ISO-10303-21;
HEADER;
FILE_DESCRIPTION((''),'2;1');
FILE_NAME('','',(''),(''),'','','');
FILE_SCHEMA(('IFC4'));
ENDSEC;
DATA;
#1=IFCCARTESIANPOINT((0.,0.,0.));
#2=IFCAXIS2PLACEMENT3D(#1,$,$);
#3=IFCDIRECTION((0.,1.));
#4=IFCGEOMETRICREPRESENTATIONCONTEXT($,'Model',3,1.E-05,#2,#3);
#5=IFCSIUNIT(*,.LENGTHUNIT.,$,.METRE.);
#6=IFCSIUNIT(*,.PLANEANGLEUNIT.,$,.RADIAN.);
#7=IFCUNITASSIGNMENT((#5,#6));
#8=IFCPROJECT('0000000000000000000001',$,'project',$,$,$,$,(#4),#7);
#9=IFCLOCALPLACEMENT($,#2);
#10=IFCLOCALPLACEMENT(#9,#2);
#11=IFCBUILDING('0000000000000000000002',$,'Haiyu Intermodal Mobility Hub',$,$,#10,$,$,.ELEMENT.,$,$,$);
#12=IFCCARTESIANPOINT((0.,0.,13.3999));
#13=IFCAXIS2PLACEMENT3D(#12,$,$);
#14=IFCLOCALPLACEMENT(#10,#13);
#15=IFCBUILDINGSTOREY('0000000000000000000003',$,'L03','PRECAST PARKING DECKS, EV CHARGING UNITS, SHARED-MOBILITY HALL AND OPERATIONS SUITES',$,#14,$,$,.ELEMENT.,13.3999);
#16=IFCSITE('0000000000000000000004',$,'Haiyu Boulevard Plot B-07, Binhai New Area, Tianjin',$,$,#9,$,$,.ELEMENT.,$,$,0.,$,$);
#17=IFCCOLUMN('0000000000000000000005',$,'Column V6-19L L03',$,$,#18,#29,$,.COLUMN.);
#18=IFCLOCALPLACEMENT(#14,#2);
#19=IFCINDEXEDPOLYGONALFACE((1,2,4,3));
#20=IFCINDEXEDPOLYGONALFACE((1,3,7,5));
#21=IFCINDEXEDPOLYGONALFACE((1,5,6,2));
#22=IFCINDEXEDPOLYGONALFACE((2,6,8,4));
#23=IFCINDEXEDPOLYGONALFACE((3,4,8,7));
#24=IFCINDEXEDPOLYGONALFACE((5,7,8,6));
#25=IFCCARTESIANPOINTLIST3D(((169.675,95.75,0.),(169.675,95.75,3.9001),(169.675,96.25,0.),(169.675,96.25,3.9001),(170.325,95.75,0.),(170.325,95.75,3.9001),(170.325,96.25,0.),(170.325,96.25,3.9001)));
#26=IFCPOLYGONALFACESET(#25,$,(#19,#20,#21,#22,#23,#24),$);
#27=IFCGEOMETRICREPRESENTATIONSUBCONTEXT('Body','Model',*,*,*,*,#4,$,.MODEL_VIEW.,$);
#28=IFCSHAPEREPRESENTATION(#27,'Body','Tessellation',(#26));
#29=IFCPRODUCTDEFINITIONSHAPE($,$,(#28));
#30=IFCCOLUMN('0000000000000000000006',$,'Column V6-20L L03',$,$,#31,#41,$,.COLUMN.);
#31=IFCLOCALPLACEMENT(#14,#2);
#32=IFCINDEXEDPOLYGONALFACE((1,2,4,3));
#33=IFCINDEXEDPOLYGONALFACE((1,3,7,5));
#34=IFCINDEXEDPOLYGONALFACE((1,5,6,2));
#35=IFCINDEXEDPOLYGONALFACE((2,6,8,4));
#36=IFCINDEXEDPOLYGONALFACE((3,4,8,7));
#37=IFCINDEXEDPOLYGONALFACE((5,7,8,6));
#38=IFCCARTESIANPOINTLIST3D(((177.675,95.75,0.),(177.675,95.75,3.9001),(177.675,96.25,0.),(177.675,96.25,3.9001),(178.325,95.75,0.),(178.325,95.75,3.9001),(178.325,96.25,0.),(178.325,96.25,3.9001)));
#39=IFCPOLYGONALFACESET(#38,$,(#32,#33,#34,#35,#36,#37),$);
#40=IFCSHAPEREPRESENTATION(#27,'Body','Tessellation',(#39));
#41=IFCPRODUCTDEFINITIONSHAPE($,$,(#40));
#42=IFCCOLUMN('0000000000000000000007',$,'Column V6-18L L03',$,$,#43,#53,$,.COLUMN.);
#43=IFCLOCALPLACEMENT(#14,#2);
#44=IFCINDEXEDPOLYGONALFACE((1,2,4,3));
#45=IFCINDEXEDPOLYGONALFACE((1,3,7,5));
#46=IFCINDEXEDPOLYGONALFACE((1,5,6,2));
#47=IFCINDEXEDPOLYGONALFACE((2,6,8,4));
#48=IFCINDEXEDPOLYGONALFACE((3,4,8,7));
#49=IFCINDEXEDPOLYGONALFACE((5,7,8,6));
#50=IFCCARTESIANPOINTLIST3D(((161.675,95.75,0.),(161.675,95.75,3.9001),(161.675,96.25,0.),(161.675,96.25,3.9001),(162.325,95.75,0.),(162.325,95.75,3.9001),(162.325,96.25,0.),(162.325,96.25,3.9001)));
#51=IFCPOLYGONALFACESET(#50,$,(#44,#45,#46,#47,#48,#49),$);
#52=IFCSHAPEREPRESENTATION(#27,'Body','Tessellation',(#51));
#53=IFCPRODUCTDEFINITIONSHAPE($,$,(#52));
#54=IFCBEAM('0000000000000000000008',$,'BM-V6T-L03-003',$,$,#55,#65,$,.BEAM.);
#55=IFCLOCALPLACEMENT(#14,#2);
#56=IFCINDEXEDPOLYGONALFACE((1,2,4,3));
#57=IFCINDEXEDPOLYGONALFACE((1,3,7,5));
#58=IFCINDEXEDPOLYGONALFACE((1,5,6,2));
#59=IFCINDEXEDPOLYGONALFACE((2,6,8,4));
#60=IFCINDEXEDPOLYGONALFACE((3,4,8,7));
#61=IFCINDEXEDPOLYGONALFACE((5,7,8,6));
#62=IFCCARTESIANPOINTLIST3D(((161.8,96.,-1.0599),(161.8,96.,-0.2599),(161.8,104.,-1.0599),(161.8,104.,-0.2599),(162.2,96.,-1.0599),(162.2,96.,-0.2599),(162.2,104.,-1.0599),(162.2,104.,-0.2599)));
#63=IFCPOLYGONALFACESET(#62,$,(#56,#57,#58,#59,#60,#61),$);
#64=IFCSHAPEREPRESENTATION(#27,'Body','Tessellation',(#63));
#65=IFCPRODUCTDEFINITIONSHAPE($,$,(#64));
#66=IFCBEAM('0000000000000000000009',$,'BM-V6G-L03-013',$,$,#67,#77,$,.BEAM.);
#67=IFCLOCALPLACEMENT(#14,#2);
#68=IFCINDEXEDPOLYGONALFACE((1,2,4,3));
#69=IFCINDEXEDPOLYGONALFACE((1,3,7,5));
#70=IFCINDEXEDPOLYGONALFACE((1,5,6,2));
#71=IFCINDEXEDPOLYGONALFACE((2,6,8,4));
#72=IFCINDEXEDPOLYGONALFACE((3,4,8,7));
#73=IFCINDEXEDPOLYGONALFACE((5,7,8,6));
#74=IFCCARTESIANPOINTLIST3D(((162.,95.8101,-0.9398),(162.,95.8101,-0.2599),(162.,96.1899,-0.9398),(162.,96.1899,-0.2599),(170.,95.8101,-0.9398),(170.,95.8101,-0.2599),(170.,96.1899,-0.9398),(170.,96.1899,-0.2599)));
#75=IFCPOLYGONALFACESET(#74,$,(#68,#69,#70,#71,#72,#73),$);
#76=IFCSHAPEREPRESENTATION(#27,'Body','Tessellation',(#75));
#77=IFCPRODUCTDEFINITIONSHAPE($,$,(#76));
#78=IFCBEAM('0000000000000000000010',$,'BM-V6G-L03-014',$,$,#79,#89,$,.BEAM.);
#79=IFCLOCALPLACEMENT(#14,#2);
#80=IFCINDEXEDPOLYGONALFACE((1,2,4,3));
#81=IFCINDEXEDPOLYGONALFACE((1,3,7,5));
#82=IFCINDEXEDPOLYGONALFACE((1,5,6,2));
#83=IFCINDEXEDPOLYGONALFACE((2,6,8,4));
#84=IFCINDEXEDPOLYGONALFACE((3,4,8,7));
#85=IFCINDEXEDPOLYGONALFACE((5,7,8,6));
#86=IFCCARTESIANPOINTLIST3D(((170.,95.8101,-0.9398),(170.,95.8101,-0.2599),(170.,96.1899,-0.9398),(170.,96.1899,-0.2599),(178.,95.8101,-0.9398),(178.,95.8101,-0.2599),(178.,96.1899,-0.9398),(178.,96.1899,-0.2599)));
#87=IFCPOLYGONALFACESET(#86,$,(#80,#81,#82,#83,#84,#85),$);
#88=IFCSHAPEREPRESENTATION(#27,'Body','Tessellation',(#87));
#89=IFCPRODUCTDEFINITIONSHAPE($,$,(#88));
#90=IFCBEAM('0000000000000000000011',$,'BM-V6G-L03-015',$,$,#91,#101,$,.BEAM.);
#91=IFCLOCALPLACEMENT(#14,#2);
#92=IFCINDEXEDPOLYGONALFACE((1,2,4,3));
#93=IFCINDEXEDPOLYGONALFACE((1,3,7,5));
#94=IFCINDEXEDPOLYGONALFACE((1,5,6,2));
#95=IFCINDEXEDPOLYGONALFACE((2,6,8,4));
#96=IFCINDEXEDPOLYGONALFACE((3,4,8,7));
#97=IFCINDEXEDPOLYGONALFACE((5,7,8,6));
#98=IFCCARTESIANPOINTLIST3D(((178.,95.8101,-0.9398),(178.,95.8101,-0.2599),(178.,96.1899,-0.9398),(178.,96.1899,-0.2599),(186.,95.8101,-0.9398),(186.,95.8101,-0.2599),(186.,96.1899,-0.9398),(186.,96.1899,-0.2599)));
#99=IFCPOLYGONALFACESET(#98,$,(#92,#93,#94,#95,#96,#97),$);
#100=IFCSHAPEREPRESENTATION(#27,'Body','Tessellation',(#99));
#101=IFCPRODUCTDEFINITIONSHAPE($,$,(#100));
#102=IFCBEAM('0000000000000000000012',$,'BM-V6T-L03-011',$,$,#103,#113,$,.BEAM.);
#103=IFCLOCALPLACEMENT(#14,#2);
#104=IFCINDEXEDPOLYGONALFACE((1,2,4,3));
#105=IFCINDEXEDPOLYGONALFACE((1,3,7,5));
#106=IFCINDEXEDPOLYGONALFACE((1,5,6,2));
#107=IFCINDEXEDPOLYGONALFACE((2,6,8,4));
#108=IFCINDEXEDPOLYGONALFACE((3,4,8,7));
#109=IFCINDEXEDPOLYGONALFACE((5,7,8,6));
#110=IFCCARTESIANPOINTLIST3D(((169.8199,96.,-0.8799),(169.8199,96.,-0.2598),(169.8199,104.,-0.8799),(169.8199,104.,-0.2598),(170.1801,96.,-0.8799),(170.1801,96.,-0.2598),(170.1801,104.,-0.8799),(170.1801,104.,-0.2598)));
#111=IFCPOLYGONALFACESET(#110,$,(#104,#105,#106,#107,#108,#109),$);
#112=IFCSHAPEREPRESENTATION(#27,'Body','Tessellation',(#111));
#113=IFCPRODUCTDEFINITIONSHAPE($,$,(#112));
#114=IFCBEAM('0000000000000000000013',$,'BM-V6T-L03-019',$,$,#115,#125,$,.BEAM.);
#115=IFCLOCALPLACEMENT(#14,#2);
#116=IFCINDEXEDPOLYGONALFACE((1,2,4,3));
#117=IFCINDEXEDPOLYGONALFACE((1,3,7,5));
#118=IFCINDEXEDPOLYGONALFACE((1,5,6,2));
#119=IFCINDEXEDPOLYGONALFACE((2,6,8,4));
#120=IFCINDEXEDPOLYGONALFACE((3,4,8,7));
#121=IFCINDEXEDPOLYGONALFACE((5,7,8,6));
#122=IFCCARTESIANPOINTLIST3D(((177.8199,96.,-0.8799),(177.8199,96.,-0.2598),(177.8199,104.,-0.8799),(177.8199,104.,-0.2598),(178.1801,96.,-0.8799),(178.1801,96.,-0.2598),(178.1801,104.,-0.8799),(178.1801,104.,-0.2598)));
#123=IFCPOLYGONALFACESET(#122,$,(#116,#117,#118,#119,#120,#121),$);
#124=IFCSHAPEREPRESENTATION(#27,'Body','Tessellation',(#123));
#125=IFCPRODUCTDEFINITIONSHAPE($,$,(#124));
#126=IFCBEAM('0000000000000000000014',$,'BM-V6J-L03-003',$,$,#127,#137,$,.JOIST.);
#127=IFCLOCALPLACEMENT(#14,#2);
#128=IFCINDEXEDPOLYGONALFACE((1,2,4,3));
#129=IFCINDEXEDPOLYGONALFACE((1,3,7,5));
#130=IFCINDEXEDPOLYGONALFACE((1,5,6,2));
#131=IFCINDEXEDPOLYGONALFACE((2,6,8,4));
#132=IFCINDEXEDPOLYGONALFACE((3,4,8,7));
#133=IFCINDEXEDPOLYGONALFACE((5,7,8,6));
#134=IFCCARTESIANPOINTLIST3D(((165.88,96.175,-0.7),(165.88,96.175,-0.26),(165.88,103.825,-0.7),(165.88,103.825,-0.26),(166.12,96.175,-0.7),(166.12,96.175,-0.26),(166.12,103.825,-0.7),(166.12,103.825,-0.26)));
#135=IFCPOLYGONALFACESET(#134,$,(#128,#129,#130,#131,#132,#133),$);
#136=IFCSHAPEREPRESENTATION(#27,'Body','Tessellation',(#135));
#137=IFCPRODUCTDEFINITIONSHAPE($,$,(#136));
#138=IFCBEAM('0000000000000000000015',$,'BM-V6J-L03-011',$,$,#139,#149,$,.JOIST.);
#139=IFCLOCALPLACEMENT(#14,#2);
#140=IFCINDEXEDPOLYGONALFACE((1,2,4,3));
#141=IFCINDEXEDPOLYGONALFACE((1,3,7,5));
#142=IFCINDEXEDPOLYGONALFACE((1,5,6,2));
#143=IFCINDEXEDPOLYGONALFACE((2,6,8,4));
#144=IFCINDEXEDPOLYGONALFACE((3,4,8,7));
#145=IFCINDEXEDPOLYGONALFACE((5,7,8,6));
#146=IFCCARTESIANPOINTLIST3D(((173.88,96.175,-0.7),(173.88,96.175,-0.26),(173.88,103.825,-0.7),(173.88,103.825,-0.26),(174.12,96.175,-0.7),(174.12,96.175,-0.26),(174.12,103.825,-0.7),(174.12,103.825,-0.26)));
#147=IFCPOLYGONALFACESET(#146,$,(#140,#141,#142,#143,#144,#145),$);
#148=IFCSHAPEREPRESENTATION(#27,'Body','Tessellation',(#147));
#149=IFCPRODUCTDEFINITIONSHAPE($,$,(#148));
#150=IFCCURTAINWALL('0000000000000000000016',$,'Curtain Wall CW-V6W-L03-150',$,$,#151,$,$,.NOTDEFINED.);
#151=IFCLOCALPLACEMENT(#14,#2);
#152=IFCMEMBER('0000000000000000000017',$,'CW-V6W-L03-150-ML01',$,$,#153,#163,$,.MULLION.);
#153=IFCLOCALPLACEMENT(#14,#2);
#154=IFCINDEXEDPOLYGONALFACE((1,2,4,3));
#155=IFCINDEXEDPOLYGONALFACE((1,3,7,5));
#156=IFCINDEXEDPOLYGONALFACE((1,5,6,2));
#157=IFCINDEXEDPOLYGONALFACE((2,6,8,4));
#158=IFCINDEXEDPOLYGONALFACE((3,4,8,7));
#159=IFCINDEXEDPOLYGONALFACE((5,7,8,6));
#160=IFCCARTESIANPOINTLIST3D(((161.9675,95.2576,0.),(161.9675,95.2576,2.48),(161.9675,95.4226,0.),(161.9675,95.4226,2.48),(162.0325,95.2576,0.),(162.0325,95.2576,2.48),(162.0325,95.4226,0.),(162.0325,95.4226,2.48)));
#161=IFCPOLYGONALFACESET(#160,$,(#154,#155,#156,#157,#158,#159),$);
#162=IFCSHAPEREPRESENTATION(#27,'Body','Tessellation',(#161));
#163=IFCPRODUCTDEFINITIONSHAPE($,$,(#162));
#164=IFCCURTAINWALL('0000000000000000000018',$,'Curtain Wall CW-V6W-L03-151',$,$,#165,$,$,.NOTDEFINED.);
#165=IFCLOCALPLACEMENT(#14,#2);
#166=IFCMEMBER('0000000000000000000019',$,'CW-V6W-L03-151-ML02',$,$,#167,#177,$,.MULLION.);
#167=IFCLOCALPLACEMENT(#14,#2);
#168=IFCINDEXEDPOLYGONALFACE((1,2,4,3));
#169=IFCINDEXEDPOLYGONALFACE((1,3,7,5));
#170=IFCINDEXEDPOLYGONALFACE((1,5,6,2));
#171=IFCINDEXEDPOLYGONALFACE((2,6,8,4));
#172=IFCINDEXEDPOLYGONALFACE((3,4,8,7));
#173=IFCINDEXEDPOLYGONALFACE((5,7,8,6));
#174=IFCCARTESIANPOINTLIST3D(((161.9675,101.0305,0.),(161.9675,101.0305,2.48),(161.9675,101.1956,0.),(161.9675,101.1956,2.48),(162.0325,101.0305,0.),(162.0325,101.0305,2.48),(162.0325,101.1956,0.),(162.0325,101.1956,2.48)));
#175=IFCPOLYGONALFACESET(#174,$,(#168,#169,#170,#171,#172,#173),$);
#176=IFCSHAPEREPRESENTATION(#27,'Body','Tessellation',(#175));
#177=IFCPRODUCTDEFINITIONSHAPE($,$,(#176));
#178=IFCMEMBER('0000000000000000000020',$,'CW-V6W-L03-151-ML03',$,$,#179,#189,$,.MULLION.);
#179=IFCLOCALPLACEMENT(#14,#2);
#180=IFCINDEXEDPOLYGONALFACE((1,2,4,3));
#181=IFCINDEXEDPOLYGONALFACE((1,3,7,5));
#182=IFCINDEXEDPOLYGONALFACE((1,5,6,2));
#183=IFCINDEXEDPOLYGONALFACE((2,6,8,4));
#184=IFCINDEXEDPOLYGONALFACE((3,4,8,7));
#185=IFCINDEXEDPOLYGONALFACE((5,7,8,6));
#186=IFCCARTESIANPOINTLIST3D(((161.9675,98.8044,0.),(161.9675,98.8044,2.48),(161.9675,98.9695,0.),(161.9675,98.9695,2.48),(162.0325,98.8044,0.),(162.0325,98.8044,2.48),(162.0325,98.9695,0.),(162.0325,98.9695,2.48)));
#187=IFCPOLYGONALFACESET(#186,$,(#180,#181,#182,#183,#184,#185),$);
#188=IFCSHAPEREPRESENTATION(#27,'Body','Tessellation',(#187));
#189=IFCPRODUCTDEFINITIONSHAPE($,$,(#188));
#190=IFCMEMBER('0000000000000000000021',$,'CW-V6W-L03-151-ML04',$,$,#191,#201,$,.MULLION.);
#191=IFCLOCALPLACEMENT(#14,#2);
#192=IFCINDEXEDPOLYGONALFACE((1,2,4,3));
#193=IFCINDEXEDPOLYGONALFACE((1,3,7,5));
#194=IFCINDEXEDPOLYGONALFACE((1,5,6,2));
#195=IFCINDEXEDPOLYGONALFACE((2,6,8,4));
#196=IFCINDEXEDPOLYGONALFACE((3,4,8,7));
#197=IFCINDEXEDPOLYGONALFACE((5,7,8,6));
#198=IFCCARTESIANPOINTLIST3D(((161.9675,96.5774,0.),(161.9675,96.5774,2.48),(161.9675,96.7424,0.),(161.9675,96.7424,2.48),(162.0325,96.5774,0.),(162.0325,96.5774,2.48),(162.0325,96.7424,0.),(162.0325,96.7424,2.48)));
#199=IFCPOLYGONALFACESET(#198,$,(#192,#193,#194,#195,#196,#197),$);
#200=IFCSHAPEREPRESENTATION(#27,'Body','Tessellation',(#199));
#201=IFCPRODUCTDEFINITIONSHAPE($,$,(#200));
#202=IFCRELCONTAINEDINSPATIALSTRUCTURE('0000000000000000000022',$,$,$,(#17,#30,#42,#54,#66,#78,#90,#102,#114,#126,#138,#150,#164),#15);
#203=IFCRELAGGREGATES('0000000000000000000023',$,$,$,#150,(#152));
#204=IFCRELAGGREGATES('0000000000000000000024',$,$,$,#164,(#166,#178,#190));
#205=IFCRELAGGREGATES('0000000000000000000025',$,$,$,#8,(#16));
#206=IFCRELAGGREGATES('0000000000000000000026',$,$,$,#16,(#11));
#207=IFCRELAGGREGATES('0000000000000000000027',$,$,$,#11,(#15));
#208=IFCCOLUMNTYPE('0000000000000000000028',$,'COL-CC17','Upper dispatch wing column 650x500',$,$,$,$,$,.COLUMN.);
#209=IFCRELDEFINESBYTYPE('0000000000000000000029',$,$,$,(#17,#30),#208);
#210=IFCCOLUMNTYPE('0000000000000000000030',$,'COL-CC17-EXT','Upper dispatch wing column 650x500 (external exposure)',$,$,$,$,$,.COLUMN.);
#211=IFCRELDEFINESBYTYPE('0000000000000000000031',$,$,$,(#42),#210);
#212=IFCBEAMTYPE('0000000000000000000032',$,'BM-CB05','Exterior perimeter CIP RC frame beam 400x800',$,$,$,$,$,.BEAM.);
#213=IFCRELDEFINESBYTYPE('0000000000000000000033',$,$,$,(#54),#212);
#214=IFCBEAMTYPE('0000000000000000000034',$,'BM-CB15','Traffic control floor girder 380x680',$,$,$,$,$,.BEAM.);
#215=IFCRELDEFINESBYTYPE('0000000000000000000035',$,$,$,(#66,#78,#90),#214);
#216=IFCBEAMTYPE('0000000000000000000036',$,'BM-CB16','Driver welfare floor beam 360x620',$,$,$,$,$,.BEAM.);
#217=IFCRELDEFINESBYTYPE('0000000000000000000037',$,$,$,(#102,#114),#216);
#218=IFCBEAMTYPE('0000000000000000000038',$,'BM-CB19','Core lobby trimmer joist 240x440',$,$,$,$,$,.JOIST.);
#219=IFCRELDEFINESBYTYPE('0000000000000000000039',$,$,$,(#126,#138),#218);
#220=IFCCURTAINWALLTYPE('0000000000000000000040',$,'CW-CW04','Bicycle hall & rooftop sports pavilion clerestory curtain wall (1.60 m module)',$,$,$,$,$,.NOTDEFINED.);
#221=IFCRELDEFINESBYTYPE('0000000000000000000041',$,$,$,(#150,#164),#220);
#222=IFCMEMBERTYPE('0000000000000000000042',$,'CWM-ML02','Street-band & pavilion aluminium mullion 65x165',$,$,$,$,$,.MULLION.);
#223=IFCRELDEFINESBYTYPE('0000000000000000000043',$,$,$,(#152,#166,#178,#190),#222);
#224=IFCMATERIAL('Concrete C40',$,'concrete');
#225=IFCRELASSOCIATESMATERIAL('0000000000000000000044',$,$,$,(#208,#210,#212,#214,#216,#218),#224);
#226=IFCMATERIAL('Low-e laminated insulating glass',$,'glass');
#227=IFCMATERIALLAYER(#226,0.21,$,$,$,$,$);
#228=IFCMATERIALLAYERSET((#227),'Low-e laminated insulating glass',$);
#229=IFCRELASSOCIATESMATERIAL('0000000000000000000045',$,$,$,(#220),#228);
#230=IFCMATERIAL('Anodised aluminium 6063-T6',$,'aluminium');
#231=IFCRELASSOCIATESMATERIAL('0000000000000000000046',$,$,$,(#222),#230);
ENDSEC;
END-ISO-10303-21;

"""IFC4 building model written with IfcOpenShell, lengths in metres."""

from ifc_helpers import new_model, si_unit, direction, frame, origin, origin_2d, place, context, subcontext, project, spatial, rectangle, extrude, material, layer, layer_set, material_profile, profile_set, type_object, element, aggregate, save


model = new_model("IFC4")

# Units and contexts
model_context = context("Model", 3, precision=1e-05, world=origin(), true_north=direction((0.0, 1.0)))
body_context = subcontext(model_context, "Body", "Model", "MODEL_VIEW")
ifc_project = project(units=[si_unit("LENGTHUNIT", "METRE"), si_unit("PLANEANGLEUNIT", "RADIAN")], contexts=[model_context])

# Site, building, storey
site_placement = place(None, origin())
site = spatial("IfcSite", under=ifc_project, at=site_placement, Name="Haiyu Boulevard Plot B-07, Binhai New Area, Tianjin", CompositionType="ELEMENT", RefElevation=0.0)
building_placement = place(site_placement, origin())
building = spatial("IfcBuilding", under=site, at=building_placement, Name="Haiyu Intermodal Mobility Hub", CompositionType="ELEMENT")
storey_placement = place(building_placement, frame((0.0, 0.0, 13.3999)))
storey = spatial("IfcBuildingStorey", under=building, at=storey_placement, Name="L03", Description="PRECAST PARKING DECKS, EV CHARGING UNITS, SHARED-MOBILITY HALL AND OPERATIONS SUITES", CompositionType="ELEMENT", Elevation=13.3999)

# Columns
ifc_material_1 = material(Name="Concrete C40", Category="concrete")
ifc_material_profile_1 = material_profile(ifc_material_1, rectangle(XDim=0.6499, YDim=0.5, at=origin_2d()), Name="C650x500")
ifc_profile_set_1 = profile_set([ifc_material_profile_1], Name="Concrete C40")
column_type_1 = type_object("IfcColumnType", Name="COL-CC17", Description="Upper dispatch wing column 650x500", PredefinedType="COLUMN", material=ifc_profile_set_1)
for number, where, z_axis, x_axis, name in (
    (1, (170.0, 96.0, 0.0), (0.0, 0.0, 1.0), (1.0, 0.0, 0.0), "Column V6-19L L03"),
    (2, (178.0, 96.0, 0.0), (0.0, 0.0, 1.0), (1.0, 0.0, 0.0), "Column V6-20L L03"),
):
    element("IfcColumn", number, at=place(storey_placement, frame(where, z_axis=z_axis, x_axis=x_axis)), inside=storey, type_object=column_type_1, Name=name, PredefinedType="COLUMN", context=body_context, shape_type="SweptSolid", body=[
        extrude(rectangle(XDim=0.6499, YDim=0.5, at=origin_2d()), origin(), (0.0, 0.0, 1.0), 3.9001),
    ])
ifc_material_profile_2 = material_profile(ifc_material_1, rectangle(XDim=0.6499, YDim=0.5, at=origin_2d()), Name="C650x500")
ifc_profile_set_2 = profile_set([ifc_material_profile_2], Name="Concrete C40")
column_type_2 = type_object("IfcColumnType", Name="COL-CC17-EXT", Description="Upper dispatch wing column 650x500 (external exposure)", PredefinedType="COLUMN", material=ifc_profile_set_2)
column_placement = place(storey_placement, frame((162.0, 96.0, 0.0), z_axis=(0.0, 0.0, 1.0), x_axis=(1.0, 0.0, 0.0)))
element("IfcColumn", 3, at=column_placement, inside=storey, type_object=column_type_2, Name="Column V6-18L L03", PredefinedType="COLUMN", context=body_context, shape_type="SweptSolid", body=[
    extrude(rectangle(XDim=0.6499, YDim=0.5, at=origin_2d()), origin(), (0.0, 0.0, 1.0), 3.9001),
])

# Beams
ifc_material_profile_3 = material_profile(ifc_material_1, rectangle(XDim=0.3999, YDim=0.8, at=origin_2d()), Name="RCB400x800")
ifc_profile_set_3 = profile_set([ifc_material_profile_3], Name="Concrete C40")
beam_type_1 = type_object("IfcBeamType", Name="BM-CB05", Description="Exterior perimeter CIP RC frame beam 400x800", PredefinedType="BEAM", material=ifc_profile_set_3)
beam_placement = place(storey_placement, frame((162.0, 96.0, -0.6599), z_axis=(0.0, 1.0, 0.0), x_axis=(-1.0, 0.0, 0.0)))
element("IfcBeam", 4, at=beam_placement, inside=storey, type_object=beam_type_1, Name="BM-V6T-L03-003", PredefinedType="BEAM", context=body_context, shape_type="SweptSolid", body=[
    extrude(rectangle(XDim=0.3999, YDim=0.8, at=origin_2d()), origin(), (0.0, 0.0, 1.0), 8.0),
])
ifc_material_profile_4 = material_profile(ifc_material_1, rectangle(XDim=0.3799, YDim=0.6799, at=origin_2d()), Name="B380x680")
ifc_profile_set_4 = profile_set([ifc_material_profile_4], Name="Concrete C40")
beam_type_2 = type_object("IfcBeamType", Name="BM-CB15", Description="Traffic control floor girder 380x680", PredefinedType="BEAM", material=ifc_profile_set_4)
for number, where, z_axis, x_axis, name in (
    (5, (162.0, 96.0, -0.5999), (1.0, 0.0, 0.0), (0.0, 1.0, 0.0), "BM-V6G-L03-013"),
    (6, (170.0, 96.0, -0.5999), (1.0, 0.0, 0.0), (0.0, 1.0, 0.0), "BM-V6G-L03-014"),
    (7, (178.0, 96.0, -0.5999), (1.0, 0.0, 0.0), (0.0, 1.0, 0.0), "BM-V6G-L03-015"),
):
    element("IfcBeam", number, at=place(storey_placement, frame(where, z_axis=z_axis, x_axis=x_axis)), inside=storey, type_object=beam_type_2, Name=name, PredefinedType="BEAM", context=body_context, shape_type="SweptSolid", body=[
        extrude(rectangle(XDim=0.3799, YDim=0.6799, at=origin_2d()), origin(), (0.0, 0.0, 1.0), 8.0),
    ])
ifc_material_profile_5 = material_profile(ifc_material_1, rectangle(XDim=0.3601, YDim=0.6201, at=origin_2d()), Name="B360x620")
ifc_profile_set_5 = profile_set([ifc_material_profile_5], Name="Concrete C40")
beam_type_3 = type_object("IfcBeamType", Name="BM-CB16", Description="Driver welfare floor beam 360x620", PredefinedType="BEAM", material=ifc_profile_set_5)
for number, where, z_axis, x_axis, name in (
    (8, (170.0, 96.0, -0.5698), (0.0, 1.0, 0.0), (-1.0, 0.0, 0.0), "BM-V6T-L03-011"),
    (9, (178.0, 96.0, -0.5698), (0.0, 1.0, 0.0), (-1.0, 0.0, 0.0), "BM-V6T-L03-019"),
):
    element("IfcBeam", number, at=place(storey_placement, frame(where, z_axis=z_axis, x_axis=x_axis)), inside=storey, type_object=beam_type_3, Name=name, PredefinedType="BEAM", context=body_context, shape_type="SweptSolid", body=[
        extrude(rectangle(XDim=0.3601, YDim=0.6201, at=origin_2d()), origin(), (0.0, 0.0, 1.0), 8.0),
    ])
ifc_material_profile_6 = material_profile(ifc_material_1, rectangle(XDim=0.24, YDim=0.4399, at=origin_2d()), Name="B240x440")
ifc_profile_set_6 = profile_set([ifc_material_profile_6], Name="Concrete C40")
beam_type_4 = type_object("IfcBeamType", Name="BM-CB19", Description="Core lobby trimmer joist 240x440", PredefinedType="JOIST", material=ifc_profile_set_6)
for number, where, z_axis, x_axis, name in (
    (10, (166.0, 96.175, -0.48), (0.0, 1.0, 0.0), (-1.0, 0.0, 0.0), "BM-V6J-L03-003"),
    (11, (174.0, 96.175, -0.48), (0.0, 1.0, 0.0), (-1.0, 0.0, 0.0), "BM-V6J-L03-011"),
):
    element("IfcBeam", number, at=place(storey_placement, frame(where, z_axis=z_axis, x_axis=x_axis)), inside=storey, type_object=beam_type_4, Name=name, PredefinedType="JOIST", context=body_context, shape_type="SweptSolid", body=[
        extrude(rectangle(XDim=0.24, YDim=0.4399, at=origin_2d()), origin(), (0.0, 0.0, 1.0), 7.6499),
    ])

# Curtain wall, member
ifc_material_2 = material(Name="Low-e laminated insulating glass", Category="glass")
ifc_layer_1 = layer(ifc_material_2, 0.21)
ifc_layer_set_1 = layer_set([ifc_layer_1], Name="Low-e laminated insulating glass")
curtain_wall_type = type_object("IfcCurtainWallType", Name="CW-CW04", Description="Bicycle hall & rooftop sports pavilion clerestory curtain wall (1.60 m module)", PredefinedType="NOTDEFINED", material=ifc_layer_set_1)
curtain_wall_1_placement = place(storey_placement, origin())
curtain_wall_1 = element("IfcCurtainWall", 12, at=curtain_wall_1_placement, inside=storey, type_object=curtain_wall_type, Name="Curtain Wall CW-V6W-L03-150", PredefinedType="NOTDEFINED")
ifc_material_3 = material(Name="Anodised aluminium 6063-T6", Category="aluminium")
ifc_material_profile_7 = material_profile(ifc_material_3, rectangle(XDim=0.0649, YDim=0.165, at=origin_2d()), Name="ALU65x165")
ifc_profile_set_7 = profile_set([ifc_material_profile_7], Name="Anodised aluminium 6063-T6")
member_type_1 = type_object("IfcMemberType", Name="CWM-ML02", Description="Street-band & pavilion aluminium mullion 65x165", PredefinedType="MULLION", material=ifc_profile_set_7)
member_1_placement = place(storey_placement, frame((162.0, 95.3401, 0.0), z_axis=(0.0, 0.0, 1.0), x_axis=(1.0, 0.0, 0.0)))
member_1 = element("IfcMember", 13, at=member_1_placement, type_object=member_type_1, Name="CW-V6W-L03-150-ML01", PredefinedType="MULLION", context=body_context, shape_type="SweptSolid", body=[
    extrude(rectangle(XDim=0.0649, YDim=0.165, at=origin_2d()), origin(), (0.0, 0.0, 1.0), 2.48),
])

# Curtain wall, members
curtain_wall_2_placement = place(storey_placement, origin())
curtain_wall_2 = element("IfcCurtainWall", 14, at=curtain_wall_2_placement, inside=storey, type_object=curtain_wall_type, Name="Curtain Wall CW-V6W-L03-151", PredefinedType="NOTDEFINED")
member_2_placement = place(storey_placement, frame((162.0, 101.113, 0.0), z_axis=(0.0, 0.0, 1.0), x_axis=(1.0, 0.0, 0.0)))
member_2 = element("IfcMember", 15, at=member_2_placement, type_object=member_type_1, Name="CW-V6W-L03-151-ML02", PredefinedType="MULLION", context=body_context, shape_type="SweptSolid", body=[
    extrude(rectangle(XDim=0.0649, YDim=0.165, at=origin_2d()), origin(), (0.0, 0.0, 1.0), 2.48),
])
member_3_placement = place(storey_placement, frame((162.0, 98.887, 0.0), z_axis=(0.0, 0.0, 1.0), x_axis=(1.0, 0.0, 0.0)))
member_3 = element("IfcMember", 16, at=member_3_placement, type_object=member_type_1, Name="CW-V6W-L03-151-ML03", PredefinedType="MULLION", context=body_context, shape_type="SweptSolid", body=[
    extrude(rectangle(XDim=0.0649, YDim=0.165, at=origin_2d()), origin(), (0.0, 0.0, 1.0), 2.48),
])
member_4_placement = place(storey_placement, frame((162.0, 96.6599, 0.0), z_axis=(0.0, 0.0, 1.0), x_axis=(1.0, 0.0, 0.0)))
member_4 = element("IfcMember", 17, at=member_4_placement, type_object=member_type_1, Name="CW-V6W-L03-151-ML04", PredefinedType="MULLION", context=body_context, shape_type="SweptSolid", body=[
    extrude(rectangle(XDim=0.0649, YDim=0.165, at=origin_2d()), origin(), (0.0, 0.0, 1.0), 2.48),
])

aggregate(curtain_wall_1, [member_1])

aggregate(curtain_wall_2, [member_2, member_3, member_4])

save(model, "model.ifc")
